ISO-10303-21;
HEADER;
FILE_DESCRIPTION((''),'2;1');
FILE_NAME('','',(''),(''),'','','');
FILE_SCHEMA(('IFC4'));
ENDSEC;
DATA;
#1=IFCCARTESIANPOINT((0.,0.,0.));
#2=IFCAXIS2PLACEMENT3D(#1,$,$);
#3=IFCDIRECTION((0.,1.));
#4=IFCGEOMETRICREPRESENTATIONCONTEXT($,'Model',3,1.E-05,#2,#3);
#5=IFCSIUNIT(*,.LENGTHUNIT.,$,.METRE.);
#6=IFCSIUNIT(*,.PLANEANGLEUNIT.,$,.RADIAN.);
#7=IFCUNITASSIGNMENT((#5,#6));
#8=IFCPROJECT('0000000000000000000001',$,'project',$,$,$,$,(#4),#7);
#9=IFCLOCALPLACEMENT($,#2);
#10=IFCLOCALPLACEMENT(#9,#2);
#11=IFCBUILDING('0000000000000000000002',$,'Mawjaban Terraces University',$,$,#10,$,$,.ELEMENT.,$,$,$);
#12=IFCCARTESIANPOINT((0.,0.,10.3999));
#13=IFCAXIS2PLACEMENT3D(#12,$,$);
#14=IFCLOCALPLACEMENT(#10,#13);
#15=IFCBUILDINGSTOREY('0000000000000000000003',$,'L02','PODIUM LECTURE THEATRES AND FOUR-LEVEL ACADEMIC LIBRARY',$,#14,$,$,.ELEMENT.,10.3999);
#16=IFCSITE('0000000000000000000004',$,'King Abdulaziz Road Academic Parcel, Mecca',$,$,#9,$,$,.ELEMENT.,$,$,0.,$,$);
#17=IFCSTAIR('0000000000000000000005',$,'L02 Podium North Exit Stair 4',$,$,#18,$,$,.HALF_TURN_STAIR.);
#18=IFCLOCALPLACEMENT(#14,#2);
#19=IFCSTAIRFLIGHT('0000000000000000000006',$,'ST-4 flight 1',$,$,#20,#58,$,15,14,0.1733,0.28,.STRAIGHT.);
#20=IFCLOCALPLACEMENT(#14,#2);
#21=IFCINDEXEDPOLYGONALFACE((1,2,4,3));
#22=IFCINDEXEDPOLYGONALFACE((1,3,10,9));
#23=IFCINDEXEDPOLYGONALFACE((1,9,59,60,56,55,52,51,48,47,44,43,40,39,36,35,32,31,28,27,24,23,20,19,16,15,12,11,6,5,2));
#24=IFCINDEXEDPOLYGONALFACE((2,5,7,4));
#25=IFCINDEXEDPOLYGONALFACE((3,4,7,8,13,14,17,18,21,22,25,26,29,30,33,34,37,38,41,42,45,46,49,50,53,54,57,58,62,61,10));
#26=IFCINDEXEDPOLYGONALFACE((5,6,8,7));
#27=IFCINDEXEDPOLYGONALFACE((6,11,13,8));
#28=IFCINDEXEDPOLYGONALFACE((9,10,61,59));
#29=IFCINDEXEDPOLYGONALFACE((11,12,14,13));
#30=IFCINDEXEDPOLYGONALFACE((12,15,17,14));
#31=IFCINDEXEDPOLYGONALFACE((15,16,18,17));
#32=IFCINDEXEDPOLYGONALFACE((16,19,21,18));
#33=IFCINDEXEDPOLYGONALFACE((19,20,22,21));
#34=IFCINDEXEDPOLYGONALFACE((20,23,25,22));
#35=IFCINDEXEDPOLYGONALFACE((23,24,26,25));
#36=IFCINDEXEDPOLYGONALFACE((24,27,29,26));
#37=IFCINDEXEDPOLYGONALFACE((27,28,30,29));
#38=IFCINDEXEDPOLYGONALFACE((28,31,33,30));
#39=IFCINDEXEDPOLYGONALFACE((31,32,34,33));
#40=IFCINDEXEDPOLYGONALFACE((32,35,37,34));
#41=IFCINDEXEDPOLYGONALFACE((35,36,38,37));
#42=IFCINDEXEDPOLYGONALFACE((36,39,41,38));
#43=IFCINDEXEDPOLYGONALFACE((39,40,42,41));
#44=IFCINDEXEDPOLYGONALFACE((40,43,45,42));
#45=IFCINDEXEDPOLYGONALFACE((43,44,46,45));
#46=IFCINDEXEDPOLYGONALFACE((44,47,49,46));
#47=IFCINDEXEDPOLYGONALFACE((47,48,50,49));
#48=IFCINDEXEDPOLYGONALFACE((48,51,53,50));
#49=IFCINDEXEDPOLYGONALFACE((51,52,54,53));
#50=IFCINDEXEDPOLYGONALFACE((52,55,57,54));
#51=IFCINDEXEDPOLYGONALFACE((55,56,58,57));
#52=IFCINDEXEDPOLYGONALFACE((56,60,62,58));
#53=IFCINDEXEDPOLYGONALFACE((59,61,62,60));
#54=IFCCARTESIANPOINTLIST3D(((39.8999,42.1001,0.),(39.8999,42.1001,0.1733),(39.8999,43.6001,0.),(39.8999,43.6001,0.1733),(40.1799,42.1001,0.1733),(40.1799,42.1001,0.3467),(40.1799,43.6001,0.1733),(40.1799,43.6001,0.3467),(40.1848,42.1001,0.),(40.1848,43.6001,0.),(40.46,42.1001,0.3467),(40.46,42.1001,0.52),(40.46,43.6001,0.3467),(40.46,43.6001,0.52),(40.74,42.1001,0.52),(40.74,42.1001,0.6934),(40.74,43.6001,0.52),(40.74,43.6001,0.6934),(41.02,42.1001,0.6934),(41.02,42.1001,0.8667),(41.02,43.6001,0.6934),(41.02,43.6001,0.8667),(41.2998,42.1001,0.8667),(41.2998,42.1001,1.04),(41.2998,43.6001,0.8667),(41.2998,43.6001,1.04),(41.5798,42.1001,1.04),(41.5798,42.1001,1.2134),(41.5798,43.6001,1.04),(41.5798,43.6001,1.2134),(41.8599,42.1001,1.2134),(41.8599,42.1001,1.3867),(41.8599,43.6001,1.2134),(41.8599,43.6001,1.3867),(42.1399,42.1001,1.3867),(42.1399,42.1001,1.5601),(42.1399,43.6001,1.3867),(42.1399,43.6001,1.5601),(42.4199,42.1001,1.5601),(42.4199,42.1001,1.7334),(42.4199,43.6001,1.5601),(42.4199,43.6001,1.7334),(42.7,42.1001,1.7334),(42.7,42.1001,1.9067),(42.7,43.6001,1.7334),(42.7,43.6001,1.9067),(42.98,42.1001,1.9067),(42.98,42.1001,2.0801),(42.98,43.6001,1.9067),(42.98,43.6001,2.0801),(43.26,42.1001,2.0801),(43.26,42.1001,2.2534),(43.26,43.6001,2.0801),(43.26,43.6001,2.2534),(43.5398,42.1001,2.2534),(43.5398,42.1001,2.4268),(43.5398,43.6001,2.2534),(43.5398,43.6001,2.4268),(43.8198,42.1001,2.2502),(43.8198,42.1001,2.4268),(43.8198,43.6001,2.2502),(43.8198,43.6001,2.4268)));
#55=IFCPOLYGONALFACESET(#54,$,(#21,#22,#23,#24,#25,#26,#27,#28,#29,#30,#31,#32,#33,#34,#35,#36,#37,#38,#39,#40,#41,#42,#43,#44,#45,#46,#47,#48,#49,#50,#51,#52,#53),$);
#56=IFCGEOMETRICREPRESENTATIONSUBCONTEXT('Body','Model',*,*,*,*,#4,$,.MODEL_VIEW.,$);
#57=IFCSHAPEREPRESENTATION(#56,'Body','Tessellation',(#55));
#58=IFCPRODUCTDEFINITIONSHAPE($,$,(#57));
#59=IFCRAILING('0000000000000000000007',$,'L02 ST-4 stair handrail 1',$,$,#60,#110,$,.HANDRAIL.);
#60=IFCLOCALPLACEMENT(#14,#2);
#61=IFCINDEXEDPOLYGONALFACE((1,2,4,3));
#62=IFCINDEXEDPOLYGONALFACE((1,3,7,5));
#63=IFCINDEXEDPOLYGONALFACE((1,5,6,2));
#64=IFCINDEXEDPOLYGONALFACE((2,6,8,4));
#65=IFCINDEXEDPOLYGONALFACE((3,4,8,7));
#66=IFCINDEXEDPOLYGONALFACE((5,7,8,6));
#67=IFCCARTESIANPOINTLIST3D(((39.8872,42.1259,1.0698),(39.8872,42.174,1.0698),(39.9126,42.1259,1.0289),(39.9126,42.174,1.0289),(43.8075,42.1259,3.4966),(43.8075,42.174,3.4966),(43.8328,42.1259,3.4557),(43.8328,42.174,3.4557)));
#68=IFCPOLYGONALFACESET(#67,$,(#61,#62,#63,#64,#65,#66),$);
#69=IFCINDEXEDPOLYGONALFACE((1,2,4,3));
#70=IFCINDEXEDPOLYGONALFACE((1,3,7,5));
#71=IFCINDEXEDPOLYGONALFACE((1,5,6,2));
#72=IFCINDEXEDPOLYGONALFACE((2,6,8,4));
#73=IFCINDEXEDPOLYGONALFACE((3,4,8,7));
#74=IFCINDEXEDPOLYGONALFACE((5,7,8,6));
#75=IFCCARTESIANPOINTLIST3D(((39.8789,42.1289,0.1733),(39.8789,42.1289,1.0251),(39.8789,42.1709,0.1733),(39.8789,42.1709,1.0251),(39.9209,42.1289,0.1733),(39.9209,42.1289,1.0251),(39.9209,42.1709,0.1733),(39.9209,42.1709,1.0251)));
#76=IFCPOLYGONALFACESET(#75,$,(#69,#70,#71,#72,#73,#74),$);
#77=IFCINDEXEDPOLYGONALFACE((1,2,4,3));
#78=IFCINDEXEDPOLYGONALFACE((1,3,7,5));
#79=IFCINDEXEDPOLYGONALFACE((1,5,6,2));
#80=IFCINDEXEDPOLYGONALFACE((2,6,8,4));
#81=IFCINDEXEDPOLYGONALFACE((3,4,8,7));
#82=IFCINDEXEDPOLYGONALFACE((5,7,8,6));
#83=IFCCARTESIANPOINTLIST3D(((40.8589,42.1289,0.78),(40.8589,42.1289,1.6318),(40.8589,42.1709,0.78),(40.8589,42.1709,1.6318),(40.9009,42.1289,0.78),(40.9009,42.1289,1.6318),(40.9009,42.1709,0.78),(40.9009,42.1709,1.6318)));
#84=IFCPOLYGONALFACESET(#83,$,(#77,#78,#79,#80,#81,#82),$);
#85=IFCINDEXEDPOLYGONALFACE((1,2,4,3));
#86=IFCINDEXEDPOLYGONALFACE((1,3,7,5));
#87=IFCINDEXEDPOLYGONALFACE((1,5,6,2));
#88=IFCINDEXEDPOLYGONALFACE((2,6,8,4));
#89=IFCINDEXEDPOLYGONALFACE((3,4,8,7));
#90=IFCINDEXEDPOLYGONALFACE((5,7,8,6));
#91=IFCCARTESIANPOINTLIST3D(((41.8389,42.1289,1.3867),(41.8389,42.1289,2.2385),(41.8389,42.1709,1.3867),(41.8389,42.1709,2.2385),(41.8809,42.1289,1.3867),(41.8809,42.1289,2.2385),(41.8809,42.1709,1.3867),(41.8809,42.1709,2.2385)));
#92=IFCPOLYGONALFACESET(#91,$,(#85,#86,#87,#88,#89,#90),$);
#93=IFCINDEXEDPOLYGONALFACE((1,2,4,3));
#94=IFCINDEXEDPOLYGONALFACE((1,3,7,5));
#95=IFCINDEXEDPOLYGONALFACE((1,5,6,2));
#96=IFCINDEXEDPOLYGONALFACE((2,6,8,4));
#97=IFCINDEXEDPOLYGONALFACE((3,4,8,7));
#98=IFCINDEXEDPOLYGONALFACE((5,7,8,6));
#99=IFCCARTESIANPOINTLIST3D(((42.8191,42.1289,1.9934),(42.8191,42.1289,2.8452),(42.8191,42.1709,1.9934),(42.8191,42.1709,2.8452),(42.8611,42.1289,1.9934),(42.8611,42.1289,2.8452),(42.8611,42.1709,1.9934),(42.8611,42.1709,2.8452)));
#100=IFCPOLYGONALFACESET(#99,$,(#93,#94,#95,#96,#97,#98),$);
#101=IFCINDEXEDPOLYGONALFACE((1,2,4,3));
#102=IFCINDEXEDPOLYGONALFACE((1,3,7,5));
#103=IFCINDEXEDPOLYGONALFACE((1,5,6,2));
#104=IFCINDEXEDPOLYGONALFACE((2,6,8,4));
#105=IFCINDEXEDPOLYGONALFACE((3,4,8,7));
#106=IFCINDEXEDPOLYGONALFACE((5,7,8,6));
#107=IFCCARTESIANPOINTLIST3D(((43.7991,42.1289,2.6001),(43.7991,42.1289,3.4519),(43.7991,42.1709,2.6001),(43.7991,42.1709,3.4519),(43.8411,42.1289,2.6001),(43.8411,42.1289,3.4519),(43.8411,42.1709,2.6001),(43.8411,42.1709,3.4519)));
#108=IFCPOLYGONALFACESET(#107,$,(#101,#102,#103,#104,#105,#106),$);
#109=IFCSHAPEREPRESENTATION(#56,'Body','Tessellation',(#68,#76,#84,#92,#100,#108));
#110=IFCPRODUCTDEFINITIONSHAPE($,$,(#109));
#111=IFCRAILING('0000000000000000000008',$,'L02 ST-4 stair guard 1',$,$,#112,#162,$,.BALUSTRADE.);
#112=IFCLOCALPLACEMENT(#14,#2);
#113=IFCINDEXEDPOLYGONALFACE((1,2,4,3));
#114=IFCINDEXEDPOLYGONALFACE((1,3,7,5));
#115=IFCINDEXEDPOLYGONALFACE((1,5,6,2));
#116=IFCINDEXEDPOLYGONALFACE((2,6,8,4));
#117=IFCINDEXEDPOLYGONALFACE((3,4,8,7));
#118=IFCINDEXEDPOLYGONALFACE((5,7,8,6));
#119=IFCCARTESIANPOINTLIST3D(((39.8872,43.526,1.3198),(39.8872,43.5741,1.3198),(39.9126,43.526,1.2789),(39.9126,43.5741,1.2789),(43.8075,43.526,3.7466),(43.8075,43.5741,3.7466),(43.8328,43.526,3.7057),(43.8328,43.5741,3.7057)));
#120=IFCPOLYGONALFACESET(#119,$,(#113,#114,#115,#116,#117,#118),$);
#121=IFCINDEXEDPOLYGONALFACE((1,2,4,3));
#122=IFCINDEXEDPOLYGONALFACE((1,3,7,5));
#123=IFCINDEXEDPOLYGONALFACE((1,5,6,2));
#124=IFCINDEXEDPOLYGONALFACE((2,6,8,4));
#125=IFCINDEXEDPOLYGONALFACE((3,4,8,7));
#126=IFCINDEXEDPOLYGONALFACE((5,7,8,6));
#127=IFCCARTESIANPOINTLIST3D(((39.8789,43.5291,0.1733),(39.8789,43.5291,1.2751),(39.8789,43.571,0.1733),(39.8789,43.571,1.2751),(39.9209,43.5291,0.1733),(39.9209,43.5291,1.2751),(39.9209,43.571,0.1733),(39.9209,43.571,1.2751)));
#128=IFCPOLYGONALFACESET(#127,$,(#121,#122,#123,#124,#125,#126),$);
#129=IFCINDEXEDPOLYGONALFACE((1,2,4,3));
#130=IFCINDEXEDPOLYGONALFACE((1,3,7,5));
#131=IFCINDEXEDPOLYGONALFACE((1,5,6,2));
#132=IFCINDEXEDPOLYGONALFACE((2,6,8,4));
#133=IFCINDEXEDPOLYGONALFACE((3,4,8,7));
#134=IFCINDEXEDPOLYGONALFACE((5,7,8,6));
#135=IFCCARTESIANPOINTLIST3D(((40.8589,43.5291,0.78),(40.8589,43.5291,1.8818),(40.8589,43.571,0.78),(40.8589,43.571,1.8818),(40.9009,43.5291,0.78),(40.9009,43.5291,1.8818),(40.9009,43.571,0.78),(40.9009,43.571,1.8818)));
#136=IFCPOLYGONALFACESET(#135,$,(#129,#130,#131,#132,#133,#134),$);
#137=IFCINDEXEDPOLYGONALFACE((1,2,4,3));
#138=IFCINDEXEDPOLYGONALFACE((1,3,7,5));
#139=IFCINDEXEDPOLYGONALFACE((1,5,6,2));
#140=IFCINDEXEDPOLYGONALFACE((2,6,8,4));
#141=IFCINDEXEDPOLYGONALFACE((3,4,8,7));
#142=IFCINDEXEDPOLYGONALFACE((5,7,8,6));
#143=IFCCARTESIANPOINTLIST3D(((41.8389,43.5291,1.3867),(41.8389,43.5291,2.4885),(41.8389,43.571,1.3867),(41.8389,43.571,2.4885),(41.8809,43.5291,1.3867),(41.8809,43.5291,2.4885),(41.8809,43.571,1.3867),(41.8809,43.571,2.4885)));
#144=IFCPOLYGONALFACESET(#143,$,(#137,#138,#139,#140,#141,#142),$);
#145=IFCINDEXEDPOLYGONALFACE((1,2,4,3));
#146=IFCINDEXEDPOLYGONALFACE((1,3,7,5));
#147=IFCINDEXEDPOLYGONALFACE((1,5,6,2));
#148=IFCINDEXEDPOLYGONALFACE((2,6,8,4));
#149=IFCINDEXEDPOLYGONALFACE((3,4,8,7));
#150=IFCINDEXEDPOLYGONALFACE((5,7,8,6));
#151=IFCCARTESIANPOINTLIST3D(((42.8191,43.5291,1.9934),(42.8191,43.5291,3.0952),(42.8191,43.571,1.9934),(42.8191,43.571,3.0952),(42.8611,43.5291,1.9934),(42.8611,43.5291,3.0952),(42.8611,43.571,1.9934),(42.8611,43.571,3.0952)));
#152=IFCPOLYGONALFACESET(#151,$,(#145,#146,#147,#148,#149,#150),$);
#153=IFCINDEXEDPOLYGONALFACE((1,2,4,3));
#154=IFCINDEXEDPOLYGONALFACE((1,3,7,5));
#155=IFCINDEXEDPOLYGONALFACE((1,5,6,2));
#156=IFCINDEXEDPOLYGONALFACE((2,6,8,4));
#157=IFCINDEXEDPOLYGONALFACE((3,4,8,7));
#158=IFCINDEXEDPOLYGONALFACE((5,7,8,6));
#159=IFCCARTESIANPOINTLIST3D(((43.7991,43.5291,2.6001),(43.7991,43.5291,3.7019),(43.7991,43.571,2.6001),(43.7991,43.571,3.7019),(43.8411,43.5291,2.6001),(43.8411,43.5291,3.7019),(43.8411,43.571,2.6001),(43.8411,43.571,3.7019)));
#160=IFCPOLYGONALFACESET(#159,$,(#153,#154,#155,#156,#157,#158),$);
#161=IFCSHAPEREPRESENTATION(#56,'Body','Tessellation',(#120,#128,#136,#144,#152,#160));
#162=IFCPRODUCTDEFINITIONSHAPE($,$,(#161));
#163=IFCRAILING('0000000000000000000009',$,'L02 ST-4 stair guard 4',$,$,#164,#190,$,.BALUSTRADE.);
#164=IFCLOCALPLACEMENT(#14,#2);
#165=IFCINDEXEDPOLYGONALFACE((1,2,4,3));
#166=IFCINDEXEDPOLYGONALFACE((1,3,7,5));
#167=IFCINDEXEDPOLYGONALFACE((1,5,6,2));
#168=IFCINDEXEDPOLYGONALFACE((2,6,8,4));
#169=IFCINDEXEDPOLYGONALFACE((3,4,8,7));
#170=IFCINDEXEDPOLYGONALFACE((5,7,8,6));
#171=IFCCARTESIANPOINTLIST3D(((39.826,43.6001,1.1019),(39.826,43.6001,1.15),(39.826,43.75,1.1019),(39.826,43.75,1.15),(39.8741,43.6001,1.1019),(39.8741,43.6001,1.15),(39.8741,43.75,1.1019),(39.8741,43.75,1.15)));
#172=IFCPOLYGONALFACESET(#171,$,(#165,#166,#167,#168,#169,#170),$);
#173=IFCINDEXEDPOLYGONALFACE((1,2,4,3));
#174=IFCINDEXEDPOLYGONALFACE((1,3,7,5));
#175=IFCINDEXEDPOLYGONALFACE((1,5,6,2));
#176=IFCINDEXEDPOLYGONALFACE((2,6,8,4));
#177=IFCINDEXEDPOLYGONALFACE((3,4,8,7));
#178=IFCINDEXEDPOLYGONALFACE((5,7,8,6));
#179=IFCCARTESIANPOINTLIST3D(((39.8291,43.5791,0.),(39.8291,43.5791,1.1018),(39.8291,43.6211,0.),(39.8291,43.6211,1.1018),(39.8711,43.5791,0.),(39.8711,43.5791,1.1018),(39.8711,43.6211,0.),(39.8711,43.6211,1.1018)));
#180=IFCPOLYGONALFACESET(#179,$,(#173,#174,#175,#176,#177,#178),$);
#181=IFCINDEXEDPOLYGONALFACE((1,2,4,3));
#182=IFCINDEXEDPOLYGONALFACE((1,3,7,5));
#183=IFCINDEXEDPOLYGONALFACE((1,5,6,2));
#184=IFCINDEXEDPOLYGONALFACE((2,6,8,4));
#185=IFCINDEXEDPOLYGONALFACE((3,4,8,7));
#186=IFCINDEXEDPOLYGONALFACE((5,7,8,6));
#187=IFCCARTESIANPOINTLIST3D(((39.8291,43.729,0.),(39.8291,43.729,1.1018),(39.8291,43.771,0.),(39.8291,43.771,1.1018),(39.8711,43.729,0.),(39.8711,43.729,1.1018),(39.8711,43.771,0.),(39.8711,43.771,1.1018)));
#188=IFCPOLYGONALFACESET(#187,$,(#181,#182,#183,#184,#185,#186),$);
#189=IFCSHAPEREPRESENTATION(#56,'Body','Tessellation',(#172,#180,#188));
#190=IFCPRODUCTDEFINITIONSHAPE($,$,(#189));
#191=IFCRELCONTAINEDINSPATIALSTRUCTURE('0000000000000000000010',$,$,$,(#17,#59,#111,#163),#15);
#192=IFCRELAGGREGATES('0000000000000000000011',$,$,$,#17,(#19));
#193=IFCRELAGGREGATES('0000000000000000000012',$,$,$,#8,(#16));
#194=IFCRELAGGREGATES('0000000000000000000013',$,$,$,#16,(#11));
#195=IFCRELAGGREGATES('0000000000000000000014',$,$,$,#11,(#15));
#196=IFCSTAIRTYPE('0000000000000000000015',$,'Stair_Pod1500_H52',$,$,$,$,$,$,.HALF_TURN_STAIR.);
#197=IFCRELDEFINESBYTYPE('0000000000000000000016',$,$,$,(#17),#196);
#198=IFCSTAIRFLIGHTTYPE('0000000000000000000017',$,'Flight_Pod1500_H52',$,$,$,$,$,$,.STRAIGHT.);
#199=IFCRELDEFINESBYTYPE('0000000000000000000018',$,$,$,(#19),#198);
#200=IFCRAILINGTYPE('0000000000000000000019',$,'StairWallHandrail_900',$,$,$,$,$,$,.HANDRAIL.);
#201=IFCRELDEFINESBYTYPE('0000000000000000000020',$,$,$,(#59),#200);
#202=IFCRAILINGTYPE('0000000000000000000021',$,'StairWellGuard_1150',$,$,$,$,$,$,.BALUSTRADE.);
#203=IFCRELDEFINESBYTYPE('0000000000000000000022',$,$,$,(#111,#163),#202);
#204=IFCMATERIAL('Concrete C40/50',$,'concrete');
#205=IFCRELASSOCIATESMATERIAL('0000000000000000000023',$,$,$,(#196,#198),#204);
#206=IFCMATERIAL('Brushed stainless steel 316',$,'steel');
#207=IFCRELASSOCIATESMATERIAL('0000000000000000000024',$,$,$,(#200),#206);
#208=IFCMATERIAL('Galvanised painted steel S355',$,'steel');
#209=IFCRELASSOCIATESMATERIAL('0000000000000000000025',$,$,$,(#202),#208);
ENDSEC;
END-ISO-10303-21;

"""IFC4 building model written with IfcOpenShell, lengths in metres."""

from ifc_helpers import new_model, si_unit, direction, frame, origin, origin_2d, place, context, subcontext, project, spatial, polyline, rectangle, outline, extrude, material, type_object, element, aggregate, save


model = new_model("IFC4")

# Units and contexts
model_context = context("Model", 3, precision=1e-05, world=origin(), true_north=direction((0.0, 1.0)))
body_context = subcontext(model_context, "Body", "Model", "MODEL_VIEW")
ifc_project = project(units=[si_unit("LENGTHUNIT", "METRE"), si_unit("PLANEANGLEUNIT", "RADIAN")], contexts=[model_context])

# Site, building, storey
site_placement = place(None, origin())
site = spatial("IfcSite", under=ifc_project, at=site_placement, Name="King Abdulaziz Road Academic Parcel, Mecca", CompositionType="ELEMENT", RefElevation=0.0)
building_placement = place(site_placement, origin())
building = spatial("IfcBuilding", under=site, at=building_placement, Name="Mawjaban Terraces University", CompositionType="ELEMENT")
storey_placement = place(building_placement, frame((0.0, 0.0, 10.3999)))
storey = spatial("IfcBuildingStorey", under=building, at=storey_placement, Name="L02", Description="PODIUM LECTURE THEATRES AND FOUR-LEVEL ACADEMIC LIBRARY", CompositionType="ELEMENT", Elevation=10.3999)

# Stair, stair flight
ifc_material_1 = material(Name="Concrete C40/50", Category="concrete")
stair_type = type_object("IfcStairType", Name="Stair_Pod1500_H52", PredefinedType="HALF_TURN_STAIR", material=ifc_material_1)
stair_placement = place(storey_placement, origin())
stair = element("IfcStair", 1, at=stair_placement, inside=storey, type_object=stair_type, Name="L02 Podium North Exit Stair 4", PredefinedType="HALF_TURN_STAIR")
stair_flight_type = type_object("IfcStairFlightType", Name="Flight_Pod1500_H52", PredefinedType="STRAIGHT", material=ifc_material_1)
stair_flight_placement = place(storey_placement, frame((39.8999, 42.8501, 0.0), z_axis=(0.0, 0.0, 1.0), x_axis=(1.0, 0.0, 0.0)))
stair_flight = element("IfcStairFlight", 2, at=stair_flight_placement, type_object=stair_flight_type, Name="ST-4 flight 1", NumberOfRisers=15, NumberOfTreads=14, PredefinedType="STRAIGHT", RiserHeight=0.1733, TreadLength=0.28, context=body_context, shape_type="SweptSolid", body=[
    extrude(outline(polyline([(0.0, 0.0), (0.0, 0.1733), (0.28, 0.1733), (0.28, 0.3467), (0.5601, 0.3467), (0.5601, 0.52), (0.8401, 0.52), (0.8401, 0.6934), (1.1201, 0.6934), (1.1201, 0.8667), (1.3999, 0.8667), (1.3999, 1.04), (1.6799, 1.04), (1.6799, 1.2134), (1.96, 1.2134), (1.96, 1.3867), (2.24, 1.3867), (2.24, 1.5601), (2.52, 1.5601), (2.52, 1.7334), (2.8, 1.7334), (2.8, 1.9067), (3.0801, 1.9067), (3.0801, 2.0801), (3.3601, 2.0801), (3.3601, 2.2534), (3.6399, 2.2534), (3.6399, 2.4268), (3.9199, 2.4268), (3.9199, 2.6001), (3.9199, 2.2502), (0.2849, 0.0), (0.0, 0.0)])), frame((0.0, 0.75, 0.0), z_axis=(0.0, -1.0, 0.0), x_axis=(1.0, 0.0, 0.0)), (0.0, 0.0, 1.0), 1.5),
])
aggregate(stair, [stair_flight])

# Railings
ifc_material_2 = material(Name="Brushed stainless steel 316", Category="steel")
railing_type_1 = type_object("IfcRailingType", Name="StairWallHandrail_900", PredefinedType="HANDRAIL", material=ifc_material_2)
railing_1_placement = place(storey_placement, frame((39.8999, 42.1499, 0.1733)))
element("IfcRailing", 3, at=railing_1_placement, inside=storey, type_object=railing_type_1, Name="L02 ST-4 stair handrail 1", PredefinedType="HANDRAIL", context=body_context, shape_type="SweptSolid", body=[
    extrude(rectangle(XDim=0.0481, YDim=0.0481, at=origin_2d()), frame((0.0, 0.0, 0.876), z_axis=(0.850266, 0.0, 0.526353), x_axis=(0.0, 1.0, 0.0)), (0.0, 0.0, 1.0), 4.6106),
    extrude(rectangle(XDim=0.042, YDim=0.042, at=origin_2d()), origin(), (0.0, 0.0, 1.0), 0.8518),
    extrude(rectangle(XDim=0.042, YDim=0.042, at=origin_2d()), frame((0.98, 0.0, 0.6067)), (0.0, 0.0, 1.0), 0.8518),
    extrude(rectangle(XDim=0.042, YDim=0.042, at=origin_2d()), frame((1.96, 0.0, 1.2134)), (0.0, 0.0, 1.0), 0.8518),
    extrude(rectangle(XDim=0.042, YDim=0.042, at=origin_2d()), frame((2.9402, 0.0, 1.8201)), (0.0, 0.0, 1.0), 0.8518),
    extrude(rectangle(XDim=0.042, YDim=0.042, at=origin_2d()), frame((3.9202, 0.0, 2.4268)), (0.0, 0.0, 1.0), 0.8518),
])
ifc_material_3 = material(Name="Galvanised painted steel S355", Category="steel")
railing_type_2 = type_object("IfcRailingType", Name="StairWellGuard_1150", PredefinedType="BALUSTRADE", material=ifc_material_3)
railing_2_placement = place(storey_placement, frame((39.8999, 43.55, 0.1733)))
element("IfcRailing", 4, at=railing_2_placement, inside=storey, type_object=railing_type_2, Name="L02 ST-4 stair guard 1", PredefinedType="BALUSTRADE", context=body_context, shape_type="SweptSolid", body=[
    extrude(rectangle(XDim=0.0481, YDim=0.0481, at=origin_2d()), frame((0.0, 0.0, 1.126), z_axis=(0.850266, 0.0, 0.526353), x_axis=(0.0, 1.0, 0.0)), (0.0, 0.0, 1.0), 4.6106),
    extrude(rectangle(XDim=0.042, YDim=0.042, at=origin_2d()), origin(), (0.0, 0.0, 1.0), 1.1018),
    extrude(rectangle(XDim=0.042, YDim=0.042, at=origin_2d()), frame((0.98, 0.0, 0.6067)), (0.0, 0.0, 1.0), 1.1018),
    extrude(rectangle(XDim=0.042, YDim=0.042, at=origin_2d()), frame((1.96, 0.0, 1.2134)), (0.0, 0.0, 1.0), 1.1018),
    extrude(rectangle(XDim=0.042, YDim=0.042, at=origin_2d()), frame((2.9402, 0.0, 1.8201)), (0.0, 0.0, 1.0), 1.1018),
    extrude(rectangle(XDim=0.042, YDim=0.042, at=origin_2d()), frame((3.9202, 0.0, 2.4268)), (0.0, 0.0, 1.0), 1.1018),
])
railing_3_placement = place(storey_placement, frame((39.8501, 43.6001, 0.0)))
element("IfcRailing", 5, at=railing_3_placement, inside=storey, type_object=railing_type_2, Name="L02 ST-4 stair guard 4", PredefinedType="BALUSTRADE", context=body_context, shape_type="SweptSolid", body=[
    extrude(rectangle(XDim=0.0481, YDim=0.0481, at=origin_2d()), frame((0.0, 0.0, 1.126), z_axis=(0.0, 1.0, 0.0), x_axis=(-1.0, 0.0, 0.0)), (0.0, 0.0, 1.0), 0.1499),
    extrude(rectangle(XDim=0.042, YDim=0.042, at=origin_2d()), origin(), (0.0, 0.0, 1.0), 1.1018),
    extrude(rectangle(XDim=0.042, YDim=0.042, at=origin_2d()), frame((0.0, 0.1499, 0.0)), (0.0, 0.0, 1.0), 1.1018),
])

save(model, "model.ifc")
